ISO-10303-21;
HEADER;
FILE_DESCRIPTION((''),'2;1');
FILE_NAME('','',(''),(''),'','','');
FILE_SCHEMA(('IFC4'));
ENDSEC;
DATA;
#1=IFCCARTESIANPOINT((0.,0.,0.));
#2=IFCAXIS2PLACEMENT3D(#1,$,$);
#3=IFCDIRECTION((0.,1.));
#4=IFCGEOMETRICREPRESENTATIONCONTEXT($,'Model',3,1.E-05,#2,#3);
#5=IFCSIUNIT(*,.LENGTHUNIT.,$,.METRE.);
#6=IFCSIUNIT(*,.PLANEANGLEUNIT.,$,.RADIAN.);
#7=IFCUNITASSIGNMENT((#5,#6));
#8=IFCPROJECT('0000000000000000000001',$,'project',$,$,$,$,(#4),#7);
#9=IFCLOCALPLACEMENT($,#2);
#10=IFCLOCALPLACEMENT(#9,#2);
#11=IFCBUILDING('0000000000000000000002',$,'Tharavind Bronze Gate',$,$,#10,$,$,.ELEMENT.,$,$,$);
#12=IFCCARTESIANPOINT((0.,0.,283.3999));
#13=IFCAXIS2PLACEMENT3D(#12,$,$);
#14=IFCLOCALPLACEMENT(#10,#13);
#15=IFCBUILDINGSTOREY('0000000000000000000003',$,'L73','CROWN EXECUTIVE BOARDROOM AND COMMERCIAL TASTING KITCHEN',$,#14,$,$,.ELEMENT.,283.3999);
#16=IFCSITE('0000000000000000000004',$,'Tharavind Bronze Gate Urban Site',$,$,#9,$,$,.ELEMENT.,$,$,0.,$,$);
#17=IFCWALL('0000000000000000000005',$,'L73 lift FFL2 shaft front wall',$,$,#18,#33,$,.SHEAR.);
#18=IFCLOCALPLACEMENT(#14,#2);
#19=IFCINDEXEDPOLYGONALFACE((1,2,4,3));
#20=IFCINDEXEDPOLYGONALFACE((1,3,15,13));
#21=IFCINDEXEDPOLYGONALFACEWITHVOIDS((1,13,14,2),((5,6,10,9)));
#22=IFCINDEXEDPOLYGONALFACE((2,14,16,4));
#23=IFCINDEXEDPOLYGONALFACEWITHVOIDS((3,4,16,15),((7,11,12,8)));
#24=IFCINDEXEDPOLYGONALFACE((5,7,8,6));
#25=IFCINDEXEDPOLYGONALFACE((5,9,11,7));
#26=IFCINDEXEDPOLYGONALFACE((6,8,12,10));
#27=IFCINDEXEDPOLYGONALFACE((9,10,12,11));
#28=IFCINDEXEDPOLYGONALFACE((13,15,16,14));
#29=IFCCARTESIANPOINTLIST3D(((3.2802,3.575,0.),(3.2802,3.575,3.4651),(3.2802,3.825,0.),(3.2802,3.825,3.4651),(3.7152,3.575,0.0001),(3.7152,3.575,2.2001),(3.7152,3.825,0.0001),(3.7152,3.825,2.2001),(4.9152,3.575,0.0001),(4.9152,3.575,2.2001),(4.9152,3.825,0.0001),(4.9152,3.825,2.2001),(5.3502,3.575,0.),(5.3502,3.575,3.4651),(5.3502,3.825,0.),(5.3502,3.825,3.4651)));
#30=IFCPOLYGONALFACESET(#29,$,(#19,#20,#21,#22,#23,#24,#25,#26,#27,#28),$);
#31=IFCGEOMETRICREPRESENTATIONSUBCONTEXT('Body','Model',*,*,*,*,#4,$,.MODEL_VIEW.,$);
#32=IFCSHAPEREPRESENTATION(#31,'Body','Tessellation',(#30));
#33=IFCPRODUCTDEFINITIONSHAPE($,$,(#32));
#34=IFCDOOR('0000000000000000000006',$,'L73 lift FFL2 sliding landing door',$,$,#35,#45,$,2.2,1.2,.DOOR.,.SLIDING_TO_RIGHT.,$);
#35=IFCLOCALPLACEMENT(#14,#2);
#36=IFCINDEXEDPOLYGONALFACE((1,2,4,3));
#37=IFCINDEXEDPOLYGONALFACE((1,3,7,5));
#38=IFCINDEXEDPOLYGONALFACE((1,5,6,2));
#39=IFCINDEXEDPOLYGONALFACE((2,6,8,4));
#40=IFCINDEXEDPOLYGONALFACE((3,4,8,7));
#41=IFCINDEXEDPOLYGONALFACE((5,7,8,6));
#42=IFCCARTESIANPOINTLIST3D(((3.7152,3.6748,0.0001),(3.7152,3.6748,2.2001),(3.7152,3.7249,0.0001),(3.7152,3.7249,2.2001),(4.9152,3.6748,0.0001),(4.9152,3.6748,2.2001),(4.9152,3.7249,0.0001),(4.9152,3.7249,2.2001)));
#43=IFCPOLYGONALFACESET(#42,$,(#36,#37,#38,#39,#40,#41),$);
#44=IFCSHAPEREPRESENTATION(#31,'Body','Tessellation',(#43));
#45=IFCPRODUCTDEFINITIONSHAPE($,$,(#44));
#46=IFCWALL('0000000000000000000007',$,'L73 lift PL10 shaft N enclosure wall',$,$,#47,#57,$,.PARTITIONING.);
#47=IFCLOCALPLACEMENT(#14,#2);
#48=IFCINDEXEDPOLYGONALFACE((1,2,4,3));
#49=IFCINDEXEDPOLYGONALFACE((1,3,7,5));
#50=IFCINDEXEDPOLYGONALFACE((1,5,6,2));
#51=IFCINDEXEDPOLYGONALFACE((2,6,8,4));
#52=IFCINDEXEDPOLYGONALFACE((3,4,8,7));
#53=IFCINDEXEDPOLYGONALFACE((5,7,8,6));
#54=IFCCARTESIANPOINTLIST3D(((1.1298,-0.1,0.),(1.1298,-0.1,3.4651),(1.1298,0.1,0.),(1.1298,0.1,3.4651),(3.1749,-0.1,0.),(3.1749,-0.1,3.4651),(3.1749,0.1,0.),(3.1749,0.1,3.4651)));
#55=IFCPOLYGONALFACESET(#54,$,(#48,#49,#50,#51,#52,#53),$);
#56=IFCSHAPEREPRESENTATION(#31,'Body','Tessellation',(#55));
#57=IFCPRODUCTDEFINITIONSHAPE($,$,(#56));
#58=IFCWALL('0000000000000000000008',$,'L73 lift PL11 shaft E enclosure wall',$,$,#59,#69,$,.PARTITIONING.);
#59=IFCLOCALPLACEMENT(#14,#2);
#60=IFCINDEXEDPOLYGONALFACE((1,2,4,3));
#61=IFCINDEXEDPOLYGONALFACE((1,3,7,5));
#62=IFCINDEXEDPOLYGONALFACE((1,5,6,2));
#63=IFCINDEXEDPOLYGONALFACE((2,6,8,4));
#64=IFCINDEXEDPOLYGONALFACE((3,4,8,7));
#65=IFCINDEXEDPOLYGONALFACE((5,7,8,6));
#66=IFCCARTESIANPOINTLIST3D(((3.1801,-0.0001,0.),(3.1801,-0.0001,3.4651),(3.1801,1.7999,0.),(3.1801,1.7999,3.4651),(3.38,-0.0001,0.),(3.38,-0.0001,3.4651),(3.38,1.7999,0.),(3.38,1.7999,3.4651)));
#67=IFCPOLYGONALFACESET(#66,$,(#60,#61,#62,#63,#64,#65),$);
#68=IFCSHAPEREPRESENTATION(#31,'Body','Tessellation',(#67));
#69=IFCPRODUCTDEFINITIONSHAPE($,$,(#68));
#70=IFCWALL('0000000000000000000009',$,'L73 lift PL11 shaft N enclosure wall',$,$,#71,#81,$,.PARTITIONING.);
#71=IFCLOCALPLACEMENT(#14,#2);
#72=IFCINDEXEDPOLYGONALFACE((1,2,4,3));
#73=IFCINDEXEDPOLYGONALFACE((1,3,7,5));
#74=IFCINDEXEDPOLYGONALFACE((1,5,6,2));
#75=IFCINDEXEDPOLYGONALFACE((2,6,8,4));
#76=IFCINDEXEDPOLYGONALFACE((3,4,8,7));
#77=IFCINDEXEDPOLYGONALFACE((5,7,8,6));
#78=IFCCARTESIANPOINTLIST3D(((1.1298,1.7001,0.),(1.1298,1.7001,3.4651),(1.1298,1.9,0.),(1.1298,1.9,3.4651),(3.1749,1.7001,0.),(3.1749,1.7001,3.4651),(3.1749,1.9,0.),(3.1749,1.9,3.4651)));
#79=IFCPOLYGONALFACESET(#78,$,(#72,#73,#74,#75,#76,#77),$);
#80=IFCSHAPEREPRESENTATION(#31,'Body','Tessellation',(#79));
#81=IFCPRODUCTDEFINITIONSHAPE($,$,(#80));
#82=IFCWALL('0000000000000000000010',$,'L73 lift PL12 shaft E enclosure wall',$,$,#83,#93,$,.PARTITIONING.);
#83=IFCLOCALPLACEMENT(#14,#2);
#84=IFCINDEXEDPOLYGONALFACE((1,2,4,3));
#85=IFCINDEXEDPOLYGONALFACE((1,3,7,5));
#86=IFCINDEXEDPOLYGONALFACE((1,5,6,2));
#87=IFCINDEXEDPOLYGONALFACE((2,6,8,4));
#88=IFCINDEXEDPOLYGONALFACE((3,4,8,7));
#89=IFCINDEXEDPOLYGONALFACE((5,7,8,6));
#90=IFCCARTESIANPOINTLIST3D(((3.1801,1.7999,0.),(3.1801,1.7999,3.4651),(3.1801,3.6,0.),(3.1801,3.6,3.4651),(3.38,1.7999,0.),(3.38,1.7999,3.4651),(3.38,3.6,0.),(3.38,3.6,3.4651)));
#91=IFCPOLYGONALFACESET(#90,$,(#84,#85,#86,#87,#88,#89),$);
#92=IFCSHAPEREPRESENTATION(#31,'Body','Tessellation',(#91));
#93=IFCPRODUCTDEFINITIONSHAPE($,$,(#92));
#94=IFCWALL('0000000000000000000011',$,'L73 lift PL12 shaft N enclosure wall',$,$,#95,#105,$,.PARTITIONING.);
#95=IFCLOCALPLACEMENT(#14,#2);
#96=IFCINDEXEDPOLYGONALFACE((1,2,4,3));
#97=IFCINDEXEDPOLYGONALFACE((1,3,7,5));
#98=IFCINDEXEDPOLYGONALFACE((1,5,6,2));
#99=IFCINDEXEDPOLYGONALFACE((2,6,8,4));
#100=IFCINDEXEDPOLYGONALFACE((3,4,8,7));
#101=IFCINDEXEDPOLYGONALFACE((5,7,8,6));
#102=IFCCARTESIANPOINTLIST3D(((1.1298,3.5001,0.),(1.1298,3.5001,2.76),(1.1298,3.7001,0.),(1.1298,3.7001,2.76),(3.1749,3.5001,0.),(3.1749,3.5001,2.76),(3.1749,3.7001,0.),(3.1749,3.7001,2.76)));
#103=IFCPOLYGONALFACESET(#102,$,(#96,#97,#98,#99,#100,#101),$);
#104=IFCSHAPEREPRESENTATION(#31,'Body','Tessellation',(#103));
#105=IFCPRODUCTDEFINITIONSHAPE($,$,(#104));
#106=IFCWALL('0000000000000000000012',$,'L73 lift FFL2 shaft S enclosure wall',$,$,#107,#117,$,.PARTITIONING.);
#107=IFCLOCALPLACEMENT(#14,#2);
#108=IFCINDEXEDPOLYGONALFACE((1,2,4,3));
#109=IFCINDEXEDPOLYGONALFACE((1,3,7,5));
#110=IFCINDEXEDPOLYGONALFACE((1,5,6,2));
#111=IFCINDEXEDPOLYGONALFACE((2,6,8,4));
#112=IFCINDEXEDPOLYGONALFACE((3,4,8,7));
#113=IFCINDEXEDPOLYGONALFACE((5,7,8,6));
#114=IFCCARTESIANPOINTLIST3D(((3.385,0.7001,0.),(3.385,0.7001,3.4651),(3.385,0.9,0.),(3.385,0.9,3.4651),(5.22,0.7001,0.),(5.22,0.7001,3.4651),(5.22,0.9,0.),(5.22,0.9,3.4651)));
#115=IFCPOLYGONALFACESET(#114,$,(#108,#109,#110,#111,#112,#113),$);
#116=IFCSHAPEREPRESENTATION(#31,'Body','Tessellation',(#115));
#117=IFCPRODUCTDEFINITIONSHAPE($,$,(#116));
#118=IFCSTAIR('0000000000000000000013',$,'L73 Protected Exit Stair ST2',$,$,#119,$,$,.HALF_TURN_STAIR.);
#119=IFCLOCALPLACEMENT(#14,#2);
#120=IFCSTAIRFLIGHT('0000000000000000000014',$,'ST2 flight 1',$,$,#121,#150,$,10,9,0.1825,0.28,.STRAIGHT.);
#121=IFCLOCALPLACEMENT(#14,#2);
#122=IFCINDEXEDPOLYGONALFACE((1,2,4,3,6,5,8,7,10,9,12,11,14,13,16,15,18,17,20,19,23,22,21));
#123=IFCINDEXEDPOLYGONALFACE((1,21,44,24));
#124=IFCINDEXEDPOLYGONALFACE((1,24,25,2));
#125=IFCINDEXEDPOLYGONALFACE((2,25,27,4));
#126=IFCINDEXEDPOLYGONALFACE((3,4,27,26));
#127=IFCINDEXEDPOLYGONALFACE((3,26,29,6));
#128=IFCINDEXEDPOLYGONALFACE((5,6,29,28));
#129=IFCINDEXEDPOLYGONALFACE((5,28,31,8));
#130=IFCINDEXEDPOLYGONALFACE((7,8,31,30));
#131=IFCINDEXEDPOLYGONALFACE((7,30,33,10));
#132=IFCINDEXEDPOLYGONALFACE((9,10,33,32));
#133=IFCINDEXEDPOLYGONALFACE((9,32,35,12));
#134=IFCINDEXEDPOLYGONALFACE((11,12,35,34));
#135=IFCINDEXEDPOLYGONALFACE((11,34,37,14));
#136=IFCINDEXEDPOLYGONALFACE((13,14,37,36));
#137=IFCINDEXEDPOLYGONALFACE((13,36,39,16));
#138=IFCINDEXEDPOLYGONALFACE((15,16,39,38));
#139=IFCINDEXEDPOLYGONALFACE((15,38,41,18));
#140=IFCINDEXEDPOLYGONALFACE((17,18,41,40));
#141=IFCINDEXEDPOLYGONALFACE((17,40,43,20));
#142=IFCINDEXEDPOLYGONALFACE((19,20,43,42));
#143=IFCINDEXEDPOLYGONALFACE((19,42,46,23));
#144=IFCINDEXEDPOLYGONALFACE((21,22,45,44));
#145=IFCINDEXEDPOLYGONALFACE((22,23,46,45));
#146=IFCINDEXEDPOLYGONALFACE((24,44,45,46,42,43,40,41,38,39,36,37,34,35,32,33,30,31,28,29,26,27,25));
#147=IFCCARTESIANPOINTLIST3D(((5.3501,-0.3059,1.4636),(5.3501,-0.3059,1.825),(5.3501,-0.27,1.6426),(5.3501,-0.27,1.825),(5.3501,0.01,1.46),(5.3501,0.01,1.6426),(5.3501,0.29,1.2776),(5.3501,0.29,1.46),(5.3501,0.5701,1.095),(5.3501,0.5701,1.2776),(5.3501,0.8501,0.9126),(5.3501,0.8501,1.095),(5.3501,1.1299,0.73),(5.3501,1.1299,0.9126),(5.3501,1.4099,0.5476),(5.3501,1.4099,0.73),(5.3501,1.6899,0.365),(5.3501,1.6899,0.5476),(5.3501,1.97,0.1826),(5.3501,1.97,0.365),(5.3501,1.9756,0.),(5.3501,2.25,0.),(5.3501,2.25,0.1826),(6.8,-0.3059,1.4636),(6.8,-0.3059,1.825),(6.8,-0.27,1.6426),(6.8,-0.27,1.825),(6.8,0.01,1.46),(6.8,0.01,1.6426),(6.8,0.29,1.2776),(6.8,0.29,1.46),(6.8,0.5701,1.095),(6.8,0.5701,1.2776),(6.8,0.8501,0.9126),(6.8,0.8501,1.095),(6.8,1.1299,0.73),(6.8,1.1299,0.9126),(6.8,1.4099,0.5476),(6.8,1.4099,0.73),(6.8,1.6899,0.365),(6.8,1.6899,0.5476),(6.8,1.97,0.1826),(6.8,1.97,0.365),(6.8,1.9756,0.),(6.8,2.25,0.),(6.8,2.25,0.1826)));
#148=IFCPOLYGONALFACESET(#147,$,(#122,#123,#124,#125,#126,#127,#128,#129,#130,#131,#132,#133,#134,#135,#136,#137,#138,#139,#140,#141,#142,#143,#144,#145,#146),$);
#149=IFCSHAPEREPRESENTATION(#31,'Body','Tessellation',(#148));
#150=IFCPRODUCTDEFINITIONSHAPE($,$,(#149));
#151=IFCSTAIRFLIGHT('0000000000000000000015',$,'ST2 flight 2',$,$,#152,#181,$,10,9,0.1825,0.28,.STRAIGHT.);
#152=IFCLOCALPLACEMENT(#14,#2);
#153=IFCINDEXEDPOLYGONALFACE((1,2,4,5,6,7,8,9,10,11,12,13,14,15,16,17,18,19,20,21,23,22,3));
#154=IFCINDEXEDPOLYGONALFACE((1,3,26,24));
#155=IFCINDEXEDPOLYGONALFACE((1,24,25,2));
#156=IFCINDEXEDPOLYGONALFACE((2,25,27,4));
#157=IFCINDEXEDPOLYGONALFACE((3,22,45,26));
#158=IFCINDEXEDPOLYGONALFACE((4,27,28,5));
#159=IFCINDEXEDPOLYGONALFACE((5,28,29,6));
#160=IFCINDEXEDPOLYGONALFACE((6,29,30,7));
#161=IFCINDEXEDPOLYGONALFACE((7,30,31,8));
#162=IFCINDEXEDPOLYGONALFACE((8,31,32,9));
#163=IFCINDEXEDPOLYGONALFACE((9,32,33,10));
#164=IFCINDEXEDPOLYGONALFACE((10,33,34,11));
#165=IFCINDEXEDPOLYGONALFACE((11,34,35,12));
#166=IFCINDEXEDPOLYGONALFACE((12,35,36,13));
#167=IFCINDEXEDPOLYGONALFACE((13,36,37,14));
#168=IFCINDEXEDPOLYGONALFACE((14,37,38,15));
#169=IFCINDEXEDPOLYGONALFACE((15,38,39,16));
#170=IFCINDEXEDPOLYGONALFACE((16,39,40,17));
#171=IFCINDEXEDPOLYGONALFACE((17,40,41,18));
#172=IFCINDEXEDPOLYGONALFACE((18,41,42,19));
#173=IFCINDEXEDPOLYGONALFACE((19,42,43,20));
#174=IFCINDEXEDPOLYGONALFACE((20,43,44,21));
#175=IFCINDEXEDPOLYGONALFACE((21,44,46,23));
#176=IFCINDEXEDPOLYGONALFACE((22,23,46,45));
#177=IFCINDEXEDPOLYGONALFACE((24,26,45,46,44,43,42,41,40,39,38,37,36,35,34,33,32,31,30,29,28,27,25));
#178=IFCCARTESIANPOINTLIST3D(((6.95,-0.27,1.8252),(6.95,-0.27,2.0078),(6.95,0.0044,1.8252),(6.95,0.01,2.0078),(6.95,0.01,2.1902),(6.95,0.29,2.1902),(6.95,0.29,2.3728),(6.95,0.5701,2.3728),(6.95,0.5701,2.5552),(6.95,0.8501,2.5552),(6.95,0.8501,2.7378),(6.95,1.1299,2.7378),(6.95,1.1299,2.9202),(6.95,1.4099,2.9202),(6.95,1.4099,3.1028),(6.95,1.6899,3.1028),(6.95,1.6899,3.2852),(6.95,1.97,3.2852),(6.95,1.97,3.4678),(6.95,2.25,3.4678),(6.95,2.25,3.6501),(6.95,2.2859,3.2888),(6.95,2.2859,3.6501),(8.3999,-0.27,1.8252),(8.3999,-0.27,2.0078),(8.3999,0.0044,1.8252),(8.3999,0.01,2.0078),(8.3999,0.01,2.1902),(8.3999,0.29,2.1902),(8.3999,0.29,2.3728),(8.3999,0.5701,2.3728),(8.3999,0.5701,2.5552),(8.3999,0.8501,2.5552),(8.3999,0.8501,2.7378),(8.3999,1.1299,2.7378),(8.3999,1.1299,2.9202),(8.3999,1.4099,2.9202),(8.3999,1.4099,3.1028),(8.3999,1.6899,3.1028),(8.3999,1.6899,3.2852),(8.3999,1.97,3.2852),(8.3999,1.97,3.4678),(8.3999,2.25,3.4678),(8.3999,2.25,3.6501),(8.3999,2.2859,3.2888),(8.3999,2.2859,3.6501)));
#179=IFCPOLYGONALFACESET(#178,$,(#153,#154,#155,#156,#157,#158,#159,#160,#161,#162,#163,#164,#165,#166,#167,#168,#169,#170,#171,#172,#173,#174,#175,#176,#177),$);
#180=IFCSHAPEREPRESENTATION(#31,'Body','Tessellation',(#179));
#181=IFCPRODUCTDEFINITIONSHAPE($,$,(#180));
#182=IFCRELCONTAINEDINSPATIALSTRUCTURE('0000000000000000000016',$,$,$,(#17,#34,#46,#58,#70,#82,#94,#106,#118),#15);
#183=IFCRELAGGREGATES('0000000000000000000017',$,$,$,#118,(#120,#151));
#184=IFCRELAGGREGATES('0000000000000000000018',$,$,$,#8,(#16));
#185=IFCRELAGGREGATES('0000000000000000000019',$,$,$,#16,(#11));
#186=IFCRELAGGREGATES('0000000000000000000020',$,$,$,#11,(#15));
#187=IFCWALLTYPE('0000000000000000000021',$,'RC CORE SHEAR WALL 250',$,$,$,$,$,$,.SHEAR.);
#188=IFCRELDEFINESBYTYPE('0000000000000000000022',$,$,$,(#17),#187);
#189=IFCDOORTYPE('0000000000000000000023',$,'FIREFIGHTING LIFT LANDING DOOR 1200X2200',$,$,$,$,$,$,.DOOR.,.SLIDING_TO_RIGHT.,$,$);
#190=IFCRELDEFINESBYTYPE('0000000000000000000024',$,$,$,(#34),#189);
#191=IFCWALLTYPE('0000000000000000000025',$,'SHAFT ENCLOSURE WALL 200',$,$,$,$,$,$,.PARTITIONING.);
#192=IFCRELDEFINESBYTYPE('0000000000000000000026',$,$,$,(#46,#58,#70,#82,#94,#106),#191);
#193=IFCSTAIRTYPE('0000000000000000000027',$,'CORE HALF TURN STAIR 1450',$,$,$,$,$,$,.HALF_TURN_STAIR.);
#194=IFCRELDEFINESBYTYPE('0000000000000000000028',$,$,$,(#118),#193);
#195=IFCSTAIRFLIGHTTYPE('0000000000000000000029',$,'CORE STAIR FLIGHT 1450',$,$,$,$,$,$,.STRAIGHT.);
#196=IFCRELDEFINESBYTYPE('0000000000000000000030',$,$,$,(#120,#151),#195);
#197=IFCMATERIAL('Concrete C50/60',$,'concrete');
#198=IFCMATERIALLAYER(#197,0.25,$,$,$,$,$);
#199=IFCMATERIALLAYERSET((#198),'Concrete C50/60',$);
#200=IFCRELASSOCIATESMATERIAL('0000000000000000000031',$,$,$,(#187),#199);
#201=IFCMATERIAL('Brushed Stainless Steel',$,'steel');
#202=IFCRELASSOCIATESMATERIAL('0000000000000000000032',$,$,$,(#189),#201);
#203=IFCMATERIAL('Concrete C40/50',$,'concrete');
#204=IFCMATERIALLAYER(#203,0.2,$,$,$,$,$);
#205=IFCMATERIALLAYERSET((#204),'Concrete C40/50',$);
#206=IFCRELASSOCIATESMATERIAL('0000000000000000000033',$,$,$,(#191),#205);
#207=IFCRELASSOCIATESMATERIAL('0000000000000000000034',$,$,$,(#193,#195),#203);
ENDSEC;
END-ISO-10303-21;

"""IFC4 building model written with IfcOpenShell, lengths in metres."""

from ifc_helpers import new_model, si_unit, direction, frame, frame_2d, origin, place, context, subcontext, project, spatial, polyline, rectangle, outline, extrude, material, layer, layer_set, type_object, element, fill, aggregate, save


model = new_model("IFC4")

# Units and contexts
model_context = context("Model", 3, precision=1e-05, world=origin(), true_north=direction((0.0, 1.0)))
body_context = subcontext(model_context, "Body", "Model", "MODEL_VIEW")
ifc_project = project(units=[si_unit("LENGTHUNIT", "METRE"), si_unit("PLANEANGLEUNIT", "RADIAN")], contexts=[model_context])

# Site, building, storey
site_placement = place(None, origin())
site = spatial("IfcSite", under=ifc_project, at=site_placement, Name="Tharavind Bronze Gate Urban Site", CompositionType="ELEMENT", RefElevation=0.0)
building_placement = place(site_placement, origin())
building = spatial("IfcBuilding", under=site, at=building_placement, Name="Tharavind Bronze Gate", CompositionType="ELEMENT")
storey_placement = place(building_placement, frame((0.0, 0.0, 283.3999)))
storey = spatial("IfcBuildingStorey", under=building, at=storey_placement, Name="L73", Description="CROWN EXECUTIVE BOARDROOM AND COMMERCIAL TASTING KITCHEN", CompositionType="ELEMENT", Elevation=283.3999)

# Wall, opening, door
ifc_material_1 = material(Name="Concrete C50/60", Category="concrete")
ifc_layer_1 = layer(ifc_material_1, 0.25)
ifc_layer_set_1 = layer_set([ifc_layer_1], Name="Concrete C50/60")
wall_type_1 = type_object("IfcWallType", Name="RC CORE SHEAR WALL 250", PredefinedType="SHEAR", material=ifc_layer_set_1)
wall_1_placement = place(storey_placement, frame((3.28, 3.7, 0.0), z_axis=(0.0, 0.0, 1.0), x_axis=(1.0, 0.0, 0.0)))
wall_1 = element("IfcWall", 1, at=wall_1_placement, inside=storey, type_object=wall_type_1, Name="L73 lift FFL2 shaft front wall", PredefinedType="SHEAR", context=body_context, shape_type="SweptSolid", body=[
    extrude(rectangle(XDim=2.0701, YDim=0.25, at=frame_2d((1.0352, 0.0))), origin(), (0.0, 0.0, 1.0), 3.4651),
])
opening_1_placement = place(wall_1_placement, frame((0.4351, 0.0, 0.0)))
opening_1 = element("IfcOpeningElement", 2, at=opening_1_placement, cuts=wall_1, PredefinedType="OPENING", context=body_context, shape_type="SweptSolid", body=[
    extrude(rectangle(XDim=1.2, YDim=2.2, at=frame_2d((0.6001, 1.1001))), frame((0.0, 0.135, 0.0), z_axis=(0.0, -1.0, 0.0), x_axis=(1.0, 0.0, 0.0)), (0.0, 0.0, 1.0), 0.27),
])
ifc_material_2 = material(Name="Brushed Stainless Steel", Category="steel")
door_type_1 = type_object("IfcDoorType", Name="FIREFIGHTING LIFT LANDING DOOR 1200X2200", OperationType="SLIDING_TO_RIGHT", PredefinedType="DOOR", material=ifc_material_2)
door_1_placement = place(opening_1_placement, origin())
door_1 = element("IfcDoor", 3, at=door_1_placement, inside=storey, type_object=door_type_1, Name="L73 lift FFL2 sliding landing door", OperationType="SLIDING_TO_RIGHT", OverallHeight=2.2, OverallWidth=1.2, PredefinedType="DOOR", context=body_context, shape_type="SweptSolid", body=[
    extrude(rectangle(XDim=1.2, YDim=2.2, at=frame_2d((0.6001, 1.1001))), frame((0.0, 0.0249, 0.0), z_axis=(0.0, -1.0, 0.0), x_axis=(1.0, 0.0, 0.0)), (0.0, 0.0, 1.0), 0.05),
])
fill(opening_1, door_1)

# Walls
ifc_material_3 = material(Name="Concrete C40/50", Category="concrete")
ifc_layer_2 = layer(ifc_material_3, 0.2)
ifc_layer_set_2 = layer_set([ifc_layer_2], Name="Concrete C40/50")
wall_type_2 = type_object("IfcWallType", Name="SHAFT ENCLOSURE WALL 200", PredefinedType="PARTITIONING", material=ifc_layer_set_2)
wall_2_placement = place(storey_placement, frame((1.1299, 0.0, 0.0), z_axis=(0.0, 0.0, 1.0), x_axis=(1.0, 0.0, 0.0)))
element("IfcWall", 4, at=wall_2_placement, inside=storey, type_object=wall_type_2, Name="L73 lift PL10 shaft N enclosure wall", PredefinedType="PARTITIONING", context=body_context, shape_type="SweptSolid", body=[
    extrude(rectangle(XDim=2.0452, YDim=0.2, at=frame_2d((1.0225, 0.0))), origin(), (0.0, 0.0, 1.0), 3.4651),
])
wall_3_placement = place(storey_placement, frame((3.28, 0.0, 0.0), z_axis=(0.0, 0.0, 1.0), x_axis=(0.0, 1.0, 0.0)))
element("IfcWall", 5, at=wall_3_placement, inside=storey, type_object=wall_type_2, Name="L73 lift PL11 shaft E enclosure wall", PredefinedType="PARTITIONING", context=body_context, shape_type="SweptSolid", body=[
    extrude(rectangle(XDim=1.8, YDim=0.2, at=frame_2d((0.8999, 0.0))), origin(), (0.0, 0.0, 1.0), 3.4651),
])
wall_4_placement = place(storey_placement, frame((1.1299, 1.8, 0.0), z_axis=(0.0, 0.0, 1.0), x_axis=(1.0, 0.0, 0.0)))
element("IfcWall", 6, at=wall_4_placement, inside=storey, type_object=wall_type_2, Name="L73 lift PL11 shaft N enclosure wall", PredefinedType="PARTITIONING", context=body_context, shape_type="SweptSolid", body=[
    extrude(rectangle(XDim=2.0452, YDim=0.2, at=frame_2d((1.0225, 0.0))), origin(), (0.0, 0.0, 1.0), 3.4651),
])
wall_5_placement = place(storey_placement, frame((3.28, 1.8, 0.0), z_axis=(0.0, 0.0, 1.0), x_axis=(0.0, 1.0, 0.0)))
element("IfcWall", 7, at=wall_5_placement, inside=storey, type_object=wall_type_2, Name="L73 lift PL12 shaft E enclosure wall", PredefinedType="PARTITIONING", context=body_context, shape_type="SweptSolid", body=[
    extrude(rectangle(XDim=1.8, YDim=0.2, at=frame_2d((0.8999, 0.0))), origin(), (0.0, 0.0, 1.0), 3.4651),
])
wall_6_placement = place(storey_placement, frame((1.1299, 3.6001, 0.0), z_axis=(0.0, 0.0, 1.0), x_axis=(1.0, 0.0, 0.0)))
element("IfcWall", 8, at=wall_6_placement, inside=storey, type_object=wall_type_2, Name="L73 lift PL12 shaft N enclosure wall", PredefinedType="PARTITIONING", context=body_context, shape_type="SweptSolid", body=[
    extrude(rectangle(XDim=2.0452, YDim=0.2, at=frame_2d((1.0225, 0.0))), origin(), (0.0, 0.0, 1.0), 2.76),
])
wall_7_placement = place(storey_placement, frame((3.385, 0.8, 0.0), z_axis=(0.0, 0.0, 1.0), x_axis=(1.0, 0.0, 0.0)))
element("IfcWall", 9, at=wall_7_placement, inside=storey, type_object=wall_type_2, Name="L73 lift FFL2 shaft S enclosure wall", PredefinedType="PARTITIONING", context=body_context, shape_type="SweptSolid", body=[
    extrude(rectangle(XDim=1.835, YDim=0.2, at=frame_2d((0.9175, 0.0))), origin(), (0.0, 0.0, 1.0), 3.4651),
])

# Stair, stair flights
stair_type = type_object("IfcStairType", Name="CORE HALF TURN STAIR 1450", PredefinedType="HALF_TURN_STAIR", material=ifc_material_3)
stair_placement = place(storey_placement, origin())
stair = element("IfcStair", 10, at=stair_placement, inside=storey, type_object=stair_type, Name="L73 Protected Exit Stair ST2", PredefinedType="HALF_TURN_STAIR")
stair_flight_type = type_object("IfcStairFlightType", Name="CORE STAIR FLIGHT 1450", PredefinedType="STRAIGHT", material=ifc_material_3)
stair_flight_1_placement = place(storey_placement, frame((6.075, 2.25, 0.0), z_axis=(0.0, 0.0, 1.0), x_axis=(0.0, -1.0, 0.0)))
stair_flight_1 = element("IfcStairFlight", 11, at=stair_flight_1_placement, type_object=stair_flight_type, Name="ST2 flight 1", NumberOfRisers=10, NumberOfTreads=9, PredefinedType="STRAIGHT", RiserHeight=0.1825, TreadLength=0.28, context=body_context, shape_type="SweptSolid", body=[
    extrude(outline(polyline([(0.0, 0.0), (0.0, 0.1826), (0.28, 0.1826), (0.28, 0.365), (0.5601, 0.365), (0.5601, 0.5476), (0.8401, 0.5476), (0.8401, 0.73), (1.1201, 0.73), (1.1201, 0.9126), (1.3999, 0.9126), (1.3999, 1.095), (1.6799, 1.095), (1.6799, 1.2776), (1.96, 1.2776), (1.96, 1.46), (2.24, 1.46), (2.24, 1.6426), (2.52, 1.6426), (2.52, 1.825), (2.5559, 1.825), (2.5559, 1.4636), (0.2744, 0.0), (0.0, 0.0)])), frame((0.0, 0.7251, 0.0), z_axis=(0.0, -1.0, 0.0), x_axis=(1.0, 0.0, 0.0)), (0.0, 0.0, 1.0), 1.45),
])
stair_flight_2_placement = place(storey_placement, frame((7.675, -0.27, 1.8252), z_axis=(0.0, 0.0, 1.0), x_axis=(0.0, 1.0, 0.0)))
stair_flight_2 = element("IfcStairFlight", 12, at=stair_flight_2_placement, type_object=stair_flight_type, Name="ST2 flight 2", NumberOfRisers=10, NumberOfTreads=9, PredefinedType="STRAIGHT", RiserHeight=0.1825, TreadLength=0.28, context=body_context, shape_type="SweptSolid", body=[
    extrude(outline(polyline([(0.0, 0.0), (0.0, 0.1826), (0.28, 0.1826), (0.28, 0.365), (0.5601, 0.365), (0.5601, 0.5476), (0.8401, 0.5476), (0.8401, 0.73), (1.1201, 0.73), (1.1201, 0.9126), (1.3999, 0.9126), (1.3999, 1.095), (1.6799, 1.095), (1.6799, 1.2776), (1.96, 1.2776), (1.96, 1.46), (2.24, 1.46), (2.24, 1.6426), (2.52, 1.6426), (2.52, 1.825), (2.5559, 1.825), (2.5559, 1.4636), (0.2744, 0.0), (0.0, 0.0)])), frame((0.0, 0.7251, 0.0), z_axis=(0.0, -1.0, 0.0), x_axis=(1.0, 0.0, 0.0)), (0.0, 0.0, 1.0), 1.45),
])
aggregate(stair, [stair_flight_1, stair_flight_2])

save(model, "model.ifc")
